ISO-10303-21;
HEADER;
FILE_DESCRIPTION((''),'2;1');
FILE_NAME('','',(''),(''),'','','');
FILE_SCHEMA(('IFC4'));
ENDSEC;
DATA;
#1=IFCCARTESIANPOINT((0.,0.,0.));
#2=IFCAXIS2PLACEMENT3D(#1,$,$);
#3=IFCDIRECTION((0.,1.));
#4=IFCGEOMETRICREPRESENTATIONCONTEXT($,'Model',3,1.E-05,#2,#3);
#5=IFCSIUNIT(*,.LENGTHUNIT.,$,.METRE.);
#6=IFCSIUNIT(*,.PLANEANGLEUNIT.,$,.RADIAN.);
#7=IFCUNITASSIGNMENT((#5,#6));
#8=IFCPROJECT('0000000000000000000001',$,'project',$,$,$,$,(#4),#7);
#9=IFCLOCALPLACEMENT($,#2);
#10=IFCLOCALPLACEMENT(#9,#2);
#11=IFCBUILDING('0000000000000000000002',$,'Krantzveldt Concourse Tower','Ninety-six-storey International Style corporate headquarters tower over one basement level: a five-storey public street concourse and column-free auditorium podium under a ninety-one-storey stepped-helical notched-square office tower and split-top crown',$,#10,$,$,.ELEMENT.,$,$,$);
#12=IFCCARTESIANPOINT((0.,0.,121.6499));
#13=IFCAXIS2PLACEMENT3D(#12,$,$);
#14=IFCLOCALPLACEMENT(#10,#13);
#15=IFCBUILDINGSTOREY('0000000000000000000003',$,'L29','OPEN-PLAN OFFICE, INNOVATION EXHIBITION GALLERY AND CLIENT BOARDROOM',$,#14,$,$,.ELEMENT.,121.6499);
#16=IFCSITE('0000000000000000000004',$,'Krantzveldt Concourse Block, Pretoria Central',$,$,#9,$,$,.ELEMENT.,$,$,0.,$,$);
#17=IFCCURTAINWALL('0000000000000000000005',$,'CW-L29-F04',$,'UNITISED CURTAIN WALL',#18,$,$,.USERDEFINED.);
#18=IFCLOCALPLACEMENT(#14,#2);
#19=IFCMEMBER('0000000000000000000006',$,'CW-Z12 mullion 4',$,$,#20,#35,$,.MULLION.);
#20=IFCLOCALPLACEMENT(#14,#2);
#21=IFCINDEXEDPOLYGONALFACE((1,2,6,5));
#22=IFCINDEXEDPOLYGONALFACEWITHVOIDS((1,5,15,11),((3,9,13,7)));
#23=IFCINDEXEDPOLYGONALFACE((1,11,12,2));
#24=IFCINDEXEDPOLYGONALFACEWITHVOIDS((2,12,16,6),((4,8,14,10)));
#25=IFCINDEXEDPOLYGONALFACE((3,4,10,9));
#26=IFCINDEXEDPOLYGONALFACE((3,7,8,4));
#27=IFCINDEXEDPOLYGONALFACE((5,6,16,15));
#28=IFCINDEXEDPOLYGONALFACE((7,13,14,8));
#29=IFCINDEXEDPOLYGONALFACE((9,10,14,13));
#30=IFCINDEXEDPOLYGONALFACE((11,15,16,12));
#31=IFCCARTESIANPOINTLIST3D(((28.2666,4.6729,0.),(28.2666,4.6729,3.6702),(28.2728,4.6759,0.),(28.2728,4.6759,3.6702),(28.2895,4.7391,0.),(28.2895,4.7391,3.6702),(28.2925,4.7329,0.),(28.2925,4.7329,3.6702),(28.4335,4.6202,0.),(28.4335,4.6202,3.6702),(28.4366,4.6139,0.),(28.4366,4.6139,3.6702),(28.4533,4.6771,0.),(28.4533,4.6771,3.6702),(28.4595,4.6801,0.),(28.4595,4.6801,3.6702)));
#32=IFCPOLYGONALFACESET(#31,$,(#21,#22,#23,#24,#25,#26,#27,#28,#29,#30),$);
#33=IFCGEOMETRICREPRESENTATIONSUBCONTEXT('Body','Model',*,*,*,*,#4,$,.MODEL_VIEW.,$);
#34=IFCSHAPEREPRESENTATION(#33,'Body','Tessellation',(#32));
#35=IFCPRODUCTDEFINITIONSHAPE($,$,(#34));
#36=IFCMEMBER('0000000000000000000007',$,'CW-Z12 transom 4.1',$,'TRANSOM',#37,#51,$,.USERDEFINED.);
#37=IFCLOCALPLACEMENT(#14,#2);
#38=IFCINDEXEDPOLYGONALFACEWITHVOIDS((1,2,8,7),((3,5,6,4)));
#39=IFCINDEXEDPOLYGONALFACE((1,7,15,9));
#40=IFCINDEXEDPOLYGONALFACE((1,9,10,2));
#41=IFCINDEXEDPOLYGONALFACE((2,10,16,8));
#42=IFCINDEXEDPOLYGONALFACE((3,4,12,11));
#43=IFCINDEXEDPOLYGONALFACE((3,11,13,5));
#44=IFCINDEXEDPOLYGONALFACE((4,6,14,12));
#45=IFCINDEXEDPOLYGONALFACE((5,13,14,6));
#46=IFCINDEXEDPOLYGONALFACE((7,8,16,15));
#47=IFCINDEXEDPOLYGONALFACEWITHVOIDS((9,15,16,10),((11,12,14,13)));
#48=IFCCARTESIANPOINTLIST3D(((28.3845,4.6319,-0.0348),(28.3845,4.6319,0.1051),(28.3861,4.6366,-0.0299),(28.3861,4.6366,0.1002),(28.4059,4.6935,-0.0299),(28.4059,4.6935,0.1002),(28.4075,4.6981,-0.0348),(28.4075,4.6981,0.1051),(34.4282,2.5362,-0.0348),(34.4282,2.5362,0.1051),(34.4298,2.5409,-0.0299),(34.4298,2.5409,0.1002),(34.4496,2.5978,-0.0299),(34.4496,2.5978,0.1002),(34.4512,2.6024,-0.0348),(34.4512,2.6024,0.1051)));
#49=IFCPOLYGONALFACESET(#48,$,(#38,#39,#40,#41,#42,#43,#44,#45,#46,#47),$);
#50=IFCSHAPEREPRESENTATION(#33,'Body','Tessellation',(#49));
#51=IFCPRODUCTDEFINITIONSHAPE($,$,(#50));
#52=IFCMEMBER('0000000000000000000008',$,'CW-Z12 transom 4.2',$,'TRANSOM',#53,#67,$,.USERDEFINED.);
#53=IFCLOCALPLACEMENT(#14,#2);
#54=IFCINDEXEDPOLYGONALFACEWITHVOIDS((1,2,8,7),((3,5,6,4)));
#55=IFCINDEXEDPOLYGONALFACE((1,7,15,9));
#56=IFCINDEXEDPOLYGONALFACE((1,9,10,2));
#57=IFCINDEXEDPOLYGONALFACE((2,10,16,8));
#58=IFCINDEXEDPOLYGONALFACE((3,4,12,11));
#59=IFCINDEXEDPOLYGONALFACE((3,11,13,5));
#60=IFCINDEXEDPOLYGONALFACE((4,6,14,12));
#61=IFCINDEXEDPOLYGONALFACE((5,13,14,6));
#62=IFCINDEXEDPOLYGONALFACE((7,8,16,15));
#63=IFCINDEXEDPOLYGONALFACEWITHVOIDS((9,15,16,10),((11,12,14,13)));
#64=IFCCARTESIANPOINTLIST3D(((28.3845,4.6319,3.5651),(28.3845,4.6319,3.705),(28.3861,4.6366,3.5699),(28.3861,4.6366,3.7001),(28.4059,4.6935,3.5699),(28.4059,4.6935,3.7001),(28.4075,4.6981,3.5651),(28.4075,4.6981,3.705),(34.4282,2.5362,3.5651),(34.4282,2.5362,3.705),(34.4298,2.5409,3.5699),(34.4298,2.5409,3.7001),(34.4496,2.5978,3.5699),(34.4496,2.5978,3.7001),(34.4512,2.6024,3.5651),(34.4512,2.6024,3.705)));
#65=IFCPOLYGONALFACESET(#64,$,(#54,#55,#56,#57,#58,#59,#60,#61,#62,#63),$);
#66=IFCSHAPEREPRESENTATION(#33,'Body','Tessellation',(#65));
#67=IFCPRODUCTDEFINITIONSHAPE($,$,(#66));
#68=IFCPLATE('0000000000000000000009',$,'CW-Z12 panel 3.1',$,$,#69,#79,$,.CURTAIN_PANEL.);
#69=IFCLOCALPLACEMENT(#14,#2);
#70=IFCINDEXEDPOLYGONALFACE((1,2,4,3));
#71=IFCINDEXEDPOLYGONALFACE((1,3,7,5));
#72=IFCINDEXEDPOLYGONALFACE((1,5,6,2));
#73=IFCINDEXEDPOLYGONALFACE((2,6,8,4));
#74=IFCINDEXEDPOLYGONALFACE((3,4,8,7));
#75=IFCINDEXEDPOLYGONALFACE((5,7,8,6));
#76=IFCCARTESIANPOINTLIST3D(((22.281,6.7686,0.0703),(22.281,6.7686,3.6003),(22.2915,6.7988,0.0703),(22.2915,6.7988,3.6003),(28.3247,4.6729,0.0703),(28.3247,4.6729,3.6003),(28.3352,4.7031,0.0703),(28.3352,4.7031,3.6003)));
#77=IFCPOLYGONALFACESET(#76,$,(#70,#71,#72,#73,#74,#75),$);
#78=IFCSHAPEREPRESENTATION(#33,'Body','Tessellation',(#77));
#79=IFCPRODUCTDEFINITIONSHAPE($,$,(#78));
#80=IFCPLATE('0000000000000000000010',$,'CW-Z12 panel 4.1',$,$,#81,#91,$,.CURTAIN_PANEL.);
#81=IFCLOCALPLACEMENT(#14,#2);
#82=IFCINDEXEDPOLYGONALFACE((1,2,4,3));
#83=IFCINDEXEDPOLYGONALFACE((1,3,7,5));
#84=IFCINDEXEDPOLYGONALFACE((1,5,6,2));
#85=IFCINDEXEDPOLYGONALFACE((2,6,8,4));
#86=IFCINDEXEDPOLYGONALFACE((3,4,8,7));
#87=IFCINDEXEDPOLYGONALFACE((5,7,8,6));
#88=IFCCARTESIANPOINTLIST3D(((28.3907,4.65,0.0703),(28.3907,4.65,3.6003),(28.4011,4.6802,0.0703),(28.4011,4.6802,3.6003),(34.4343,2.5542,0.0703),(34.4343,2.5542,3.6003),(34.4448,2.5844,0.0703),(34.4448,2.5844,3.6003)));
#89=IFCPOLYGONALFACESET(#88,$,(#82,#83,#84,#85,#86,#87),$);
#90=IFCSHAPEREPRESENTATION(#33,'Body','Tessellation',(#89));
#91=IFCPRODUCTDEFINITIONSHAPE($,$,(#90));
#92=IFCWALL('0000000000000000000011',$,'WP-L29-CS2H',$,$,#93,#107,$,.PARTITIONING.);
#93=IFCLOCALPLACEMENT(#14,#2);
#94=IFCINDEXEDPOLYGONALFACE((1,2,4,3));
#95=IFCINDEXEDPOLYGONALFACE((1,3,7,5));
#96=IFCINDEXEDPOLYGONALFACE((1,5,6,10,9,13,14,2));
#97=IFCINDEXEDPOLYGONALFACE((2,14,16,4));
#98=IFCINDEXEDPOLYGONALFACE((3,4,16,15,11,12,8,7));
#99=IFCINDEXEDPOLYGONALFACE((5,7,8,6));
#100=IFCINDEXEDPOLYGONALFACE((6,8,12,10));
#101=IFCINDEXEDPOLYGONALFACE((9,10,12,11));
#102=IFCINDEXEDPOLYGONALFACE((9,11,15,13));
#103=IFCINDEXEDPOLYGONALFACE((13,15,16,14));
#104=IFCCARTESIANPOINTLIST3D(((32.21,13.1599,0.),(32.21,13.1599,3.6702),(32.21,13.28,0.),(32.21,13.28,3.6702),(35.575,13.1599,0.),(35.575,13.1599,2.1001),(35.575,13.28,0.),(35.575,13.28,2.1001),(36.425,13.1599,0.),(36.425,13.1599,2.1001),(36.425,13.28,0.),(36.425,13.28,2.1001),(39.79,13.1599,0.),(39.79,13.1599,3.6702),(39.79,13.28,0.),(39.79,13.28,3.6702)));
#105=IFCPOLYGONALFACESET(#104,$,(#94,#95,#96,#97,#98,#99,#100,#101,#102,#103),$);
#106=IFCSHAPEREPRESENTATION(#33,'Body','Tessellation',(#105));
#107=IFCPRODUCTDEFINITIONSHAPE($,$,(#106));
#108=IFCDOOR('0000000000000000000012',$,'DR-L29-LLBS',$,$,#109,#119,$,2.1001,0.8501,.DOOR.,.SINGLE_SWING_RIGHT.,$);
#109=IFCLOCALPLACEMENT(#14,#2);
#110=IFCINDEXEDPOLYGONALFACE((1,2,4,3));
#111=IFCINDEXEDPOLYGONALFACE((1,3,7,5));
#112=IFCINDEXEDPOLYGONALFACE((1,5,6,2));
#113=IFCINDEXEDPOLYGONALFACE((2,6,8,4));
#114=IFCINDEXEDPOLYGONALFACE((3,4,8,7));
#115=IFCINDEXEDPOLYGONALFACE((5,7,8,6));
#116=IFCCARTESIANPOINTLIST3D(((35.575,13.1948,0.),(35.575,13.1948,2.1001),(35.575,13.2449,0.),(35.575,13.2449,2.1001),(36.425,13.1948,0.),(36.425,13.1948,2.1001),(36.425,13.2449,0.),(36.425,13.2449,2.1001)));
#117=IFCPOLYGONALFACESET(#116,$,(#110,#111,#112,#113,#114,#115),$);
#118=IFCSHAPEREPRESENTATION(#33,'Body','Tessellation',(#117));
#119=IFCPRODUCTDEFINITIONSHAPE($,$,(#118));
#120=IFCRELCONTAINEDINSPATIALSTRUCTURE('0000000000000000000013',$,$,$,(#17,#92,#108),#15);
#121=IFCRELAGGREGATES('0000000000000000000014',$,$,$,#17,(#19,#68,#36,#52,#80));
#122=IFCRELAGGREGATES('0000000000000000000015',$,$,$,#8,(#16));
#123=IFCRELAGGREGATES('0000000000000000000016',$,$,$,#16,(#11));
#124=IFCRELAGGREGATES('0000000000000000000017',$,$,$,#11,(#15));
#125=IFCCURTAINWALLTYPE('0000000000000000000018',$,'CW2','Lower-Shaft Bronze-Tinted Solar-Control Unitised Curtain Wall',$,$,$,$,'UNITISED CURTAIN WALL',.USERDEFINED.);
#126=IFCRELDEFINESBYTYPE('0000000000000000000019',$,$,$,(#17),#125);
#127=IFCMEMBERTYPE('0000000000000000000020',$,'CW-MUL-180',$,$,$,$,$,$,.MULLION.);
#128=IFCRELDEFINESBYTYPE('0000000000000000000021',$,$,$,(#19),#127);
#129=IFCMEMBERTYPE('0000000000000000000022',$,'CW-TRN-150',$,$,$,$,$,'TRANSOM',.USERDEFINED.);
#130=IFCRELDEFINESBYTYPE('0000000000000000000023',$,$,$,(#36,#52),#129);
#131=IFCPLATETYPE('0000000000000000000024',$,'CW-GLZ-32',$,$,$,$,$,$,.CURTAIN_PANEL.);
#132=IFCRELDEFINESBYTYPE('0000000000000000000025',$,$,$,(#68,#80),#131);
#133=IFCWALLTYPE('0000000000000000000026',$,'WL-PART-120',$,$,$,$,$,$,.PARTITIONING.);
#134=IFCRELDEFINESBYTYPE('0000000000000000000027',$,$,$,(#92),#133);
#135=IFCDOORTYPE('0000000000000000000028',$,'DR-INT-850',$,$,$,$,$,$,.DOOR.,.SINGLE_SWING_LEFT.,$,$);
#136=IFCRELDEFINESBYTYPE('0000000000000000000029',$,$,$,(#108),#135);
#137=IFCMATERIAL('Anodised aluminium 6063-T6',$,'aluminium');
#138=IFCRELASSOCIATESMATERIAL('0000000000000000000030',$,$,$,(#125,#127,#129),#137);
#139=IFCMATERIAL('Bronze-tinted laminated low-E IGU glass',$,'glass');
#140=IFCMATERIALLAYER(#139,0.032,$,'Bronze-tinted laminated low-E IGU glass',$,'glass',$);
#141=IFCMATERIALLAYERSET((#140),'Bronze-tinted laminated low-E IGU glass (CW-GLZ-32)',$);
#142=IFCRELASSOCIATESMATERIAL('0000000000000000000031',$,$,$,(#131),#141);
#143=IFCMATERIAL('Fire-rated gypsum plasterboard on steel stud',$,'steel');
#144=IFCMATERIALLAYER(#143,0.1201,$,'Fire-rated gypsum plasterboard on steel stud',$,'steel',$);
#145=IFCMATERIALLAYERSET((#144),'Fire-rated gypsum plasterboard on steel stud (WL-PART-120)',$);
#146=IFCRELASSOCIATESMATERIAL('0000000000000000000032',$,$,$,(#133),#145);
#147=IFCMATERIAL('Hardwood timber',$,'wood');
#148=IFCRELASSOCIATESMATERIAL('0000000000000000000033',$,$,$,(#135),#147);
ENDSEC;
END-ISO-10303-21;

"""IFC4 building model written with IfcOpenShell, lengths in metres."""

from ifc_helpers import new_model, si_unit, direction, frame, frame_2d, origin, origin_2d, place, context, subcontext, project, spatial, rectangle, hollow_rectangle, extrude, source, transform, mapped, material, layer, layer_set, material_profile, profile_set, type_object, type_shapes, element, fill, aggregate, save


model = new_model("IFC4")

# Units and contexts
model_context = context("Model", 3, precision=1e-05, world=origin(), true_north=direction((0.0, 1.0)))
body_context = subcontext(model_context, "Body", "Model", "MODEL_VIEW")
ifc_project = project(units=[si_unit("LENGTHUNIT", "METRE"), si_unit("PLANEANGLEUNIT", "RADIAN")], contexts=[model_context])

# Site, building, storey
site_placement = place(None, origin())
site = spatial("IfcSite", under=ifc_project, at=site_placement, Name="Krantzveldt Concourse Block, Pretoria Central", CompositionType="ELEMENT", RefElevation=0.0)
building_placement = place(site_placement, origin())
building = spatial("IfcBuilding", under=site, at=building_placement, Name="Krantzveldt Concourse Tower", Description="Ninety-six-storey International Style corporate headquarters tower over one basement level: a five-storey public street concourse and column-free auditorium podium under a ninety-one-storey stepped-helical notched-square office tower and split-top crown", CompositionType="ELEMENT")
storey_placement = place(building_placement, frame((0.0, 0.0, 121.6499)))
storey = spatial("IfcBuildingStorey", under=building, at=storey_placement, Name="L29", Description="OPEN-PLAN OFFICE, INNOVATION EXHIBITION GALLERY AND CLIENT BOARDROOM", CompositionType="ELEMENT", Elevation=121.6499)

# Curtain wall, members, plates
ifc_material_1 = material(Name="Anodised aluminium 6063-T6", Category="aluminium")
curtain_wall_type = type_object("IfcCurtainWallType", Name="CW2", Description="Lower-Shaft Bronze-Tinted Solar-Control Unitised Curtain Wall", ElementType="UNITISED CURTAIN WALL", PredefinedType="USERDEFINED", material=ifc_material_1)
curtain_wall_placement = place(storey_placement, origin())
curtain_wall = element("IfcCurtainWall", 1, at=curtain_wall_placement, inside=storey, type_object=curtain_wall_type, Name="CW-L29-F04", ObjectType="UNITISED CURTAIN WALL", PredefinedType="USERDEFINED")
ifc_material_profile_1 = material_profile(ifc_material_1, hollow_rectangle(XDim=0.0701, YDim=0.1799, WallThickness=0.0049, at=origin_2d()), Name="Anodised aluminium 6063-T6", Category="aluminium")
ifc_profile_set_1 = profile_set([ifc_material_profile_1], Name="Anodised aluminium 6063-T6 - ALU-MULL 180x70x5")
member_type_1 = type_object("IfcMemberType", Name="CW-MUL-180", PredefinedType="MULLION", material=ifc_profile_set_1)
shared_shape_1 = source(origin(), body_context, "Body", "SweptSolid", [
    extrude(hollow_rectangle(XDim=0.0701, YDim=0.1799, WallThickness=0.0049, at=origin_2d()), origin(), (0.0, 0.0, 1.0), 3.6702),
])
type_shapes(member_type_1, [shared_shape_1])
member_1_placement = place(storey_placement, frame((28.363, 4.6765, 0.0), z_axis=(0.0, 0.0, 1.0), x_axis=(0.32763, 0.944806, 0.0)))
member_1 = element("IfcMember", 2, at=member_1_placement, type_object=member_type_1, Name="CW-Z12 mullion 4", PredefinedType="MULLION", context=body_context, shape_type="MappedRepresentation", body=[
    mapped(shared_shape_1, transform((0.0, 0.0, 0.0), x_axis=(1.0, 0.0, 0.0), y_axis=(0.0, 1.0, 0.0), z_axis=(0.0, 0.0, 1.0), scale=1.0)),
])
ifc_material_profile_2 = material_profile(ifc_material_1, hollow_rectangle(XDim=0.0701, YDim=0.1399, WallThickness=0.0049, at=origin_2d()), Name="Anodised aluminium 6063-T6", Category="aluminium")
ifc_profile_set_2 = profile_set([ifc_material_profile_2], Name="Anodised aluminium 6063-T6 - ALU-TRAN 140x70x5")
member_type_2 = type_object("IfcMemberType", Name="CW-TRN-150", ElementType="TRANSOM", PredefinedType="USERDEFINED", material=ifc_profile_set_2)
shared_shape_2 = source(origin(), body_context, "Body", "SweptSolid", [
    extrude(hollow_rectangle(XDim=0.0701, YDim=0.1399, WallThickness=0.0049, at=origin_2d()), origin(), (0.0, 0.0, 1.0), 6.3967),
])
type_shapes(member_type_2, [shared_shape_2])
member_2_placement = place(storey_placement, frame((28.396, 4.665, 0.0352), z_axis=(0.944809, -0.32762, 0.0), x_axis=(0.32762, 0.944809, 0.0)))
member_2 = element("IfcMember", 3, at=member_2_placement, type_object=member_type_2, Name="CW-Z12 transom 4.1", ObjectType="TRANSOM", PredefinedType="USERDEFINED", context=body_context, shape_type="MappedRepresentation", body=[
    mapped(shared_shape_2, transform((0.0, 0.0, 0.0), x_axis=(1.0, 0.0, 0.0), y_axis=(0.0, 1.0, 0.0), z_axis=(0.0, 0.0, 1.0), scale=1.0)),
])
member_3_placement = place(storey_placement, frame((28.396, 4.665, 3.635), z_axis=(0.944809, -0.32762, 0.0), x_axis=(0.32762, 0.944809, 0.0)))
member_3 = element("IfcMember", 4, at=member_3_placement, type_object=member_type_2, Name="CW-Z12 transom 4.2", ObjectType="TRANSOM", PredefinedType="USERDEFINED", context=body_context, shape_type="MappedRepresentation", body=[
    mapped(shared_shape_2, transform((0.0, 0.0, 0.0), x_axis=(1.0, 0.0, 0.0), y_axis=(0.0, 1.0, 0.0), z_axis=(0.0, 0.0, 1.0), scale=1.0)),
])
ifc_material_2 = material(Name="Bronze-tinted laminated low-E IGU glass", Category="glass")
ifc_layer_1 = layer(ifc_material_2, 0.032, Name="Bronze-tinted laminated low-E IGU glass", Category="glass")
ifc_layer_set_1 = layer_set([ifc_layer_1], Name="Bronze-tinted laminated low-E IGU glass (CW-GLZ-32)")
plate_type = type_object("IfcPlateType", Name="CW-GLZ-32", PredefinedType="CURTAIN_PANEL", material=ifc_layer_set_1)
shared_shape_3 = source(origin(), body_context, "Body", "SweptSolid", [
    extrude(rectangle(XDim=6.3967, YDim=0.032, at=origin_2d()), origin(), (0.0, 0.0, 1.0), 3.53),
])
type_shapes(plate_type, [shared_shape_3])
plate_1_placement = place(storey_placement, frame((25.3081, 5.7358, 0.0703), z_axis=(0.0, 0.0, 1.0), x_axis=(0.944806, -0.32763, 0.0)))
plate_1 = element("IfcPlate", 5, at=plate_1_placement, type_object=plate_type, Name="CW-Z12 panel 3.1", PredefinedType="CURTAIN_PANEL", context=body_context, shape_type="MappedRepresentation", body=[
    mapped(shared_shape_3, transform((0.0, 0.0, 0.0), x_axis=(1.0, 0.0, 0.0), y_axis=(0.0, 1.0, 0.0), z_axis=(0.0, 0.0, 1.0), scale=1.0)),
])
plate_2_placement = place(storey_placement, frame((31.4177, 3.6172, 0.0703), z_axis=(0.0, 0.0, 1.0), x_axis=(0.944806, -0.32763, 0.0)))
plate_2 = element("IfcPlate", 6, at=plate_2_placement, type_object=plate_type, Name="CW-Z12 panel 4.1", PredefinedType="CURTAIN_PANEL", context=body_context, shape_type="MappedRepresentation", body=[
    mapped(shared_shape_3, transform((0.0, 0.0, 0.0), x_axis=(1.0, 0.0, 0.0), y_axis=(0.0, 1.0, 0.0), z_axis=(0.0, 0.0, 1.0), scale=1.0)),
])
aggregate(curtain_wall, [member_1, plate_1, member_2, member_3, plate_2])

# Wall, opening, door
ifc_material_3 = material(Name="Fire-rated gypsum plasterboard on steel stud", Category="steel")
ifc_layer_2 = layer(ifc_material_3, 0.1201, Name="Fire-rated gypsum plasterboard on steel stud", Category="steel")
ifc_layer_set_2 = layer_set([ifc_layer_2], Name="Fire-rated gypsum plasterboard on steel stud (WL-PART-120)")
wall_type_1 = type_object("IfcWallType", Name="WL-PART-120", PredefinedType="PARTITIONING", material=ifc_layer_set_2)
wall_1_placement = place(storey_placement, frame((32.21, 13.22, 0.0), z_axis=(0.0, 0.0, 1.0), x_axis=(1.0, 0.0, 0.0)))
wall_1 = element("IfcWall", 7, at=wall_1_placement, inside=storey, type_object=wall_type_1, Name="WP-L29-CS2H", PredefinedType="PARTITIONING", context=body_context, shape_type="SweptSolid", body=[
    extrude(rectangle(XDim=7.5801, YDim=0.1201, at=frame_2d((3.79, 0.0))), origin(), (0.0, 0.0, 1.0), 3.6702),
])
opening_1_placement = place(wall_1_placement, frame((3.365, 0.0, 0.0)))
opening_1 = element("IfcOpeningElement", 8, at=opening_1_placement, cuts=wall_1, PredefinedType="OPENING", context=body_context, shape_type="SweptSolid", body=[
    extrude(rectangle(XDim=0.8501, YDim=2.1001, at=frame_2d((0.425, 1.05))), frame((0.0, 0.0701, 0.0), z_axis=(0.0, -1.0, 0.0), x_axis=(1.0, 0.0, 0.0)), (0.0, 0.0, 1.0), 0.1401),
])
ifc_material_4 = material(Name="Hardwood timber", Category="wood")
door_type_1 = type_object("IfcDoorType", Name="DR-INT-850", OperationType="SINGLE_SWING_LEFT", PredefinedType="DOOR", material=ifc_material_4)
door_1_placement = place(opening_1_placement, origin())
door_1 = element("IfcDoor", 9, at=door_1_placement, inside=storey, type_object=door_type_1, Name="DR-L29-LLBS", OperationType="SINGLE_SWING_RIGHT", OverallHeight=2.1001, OverallWidth=0.8501, PredefinedType="DOOR", context=body_context, shape_type="SweptSolid", body=[
    extrude(rectangle(XDim=0.8501, YDim=2.1001, at=frame_2d((0.425, 1.05))), frame((0.0, 0.0249, 0.0), z_axis=(0.0, -1.0, 0.0), x_axis=(1.0, 0.0, 0.0)), (0.0, 0.0, 1.0), 0.05),
])
fill(opening_1, door_1)

save(model, "model.ifc")
